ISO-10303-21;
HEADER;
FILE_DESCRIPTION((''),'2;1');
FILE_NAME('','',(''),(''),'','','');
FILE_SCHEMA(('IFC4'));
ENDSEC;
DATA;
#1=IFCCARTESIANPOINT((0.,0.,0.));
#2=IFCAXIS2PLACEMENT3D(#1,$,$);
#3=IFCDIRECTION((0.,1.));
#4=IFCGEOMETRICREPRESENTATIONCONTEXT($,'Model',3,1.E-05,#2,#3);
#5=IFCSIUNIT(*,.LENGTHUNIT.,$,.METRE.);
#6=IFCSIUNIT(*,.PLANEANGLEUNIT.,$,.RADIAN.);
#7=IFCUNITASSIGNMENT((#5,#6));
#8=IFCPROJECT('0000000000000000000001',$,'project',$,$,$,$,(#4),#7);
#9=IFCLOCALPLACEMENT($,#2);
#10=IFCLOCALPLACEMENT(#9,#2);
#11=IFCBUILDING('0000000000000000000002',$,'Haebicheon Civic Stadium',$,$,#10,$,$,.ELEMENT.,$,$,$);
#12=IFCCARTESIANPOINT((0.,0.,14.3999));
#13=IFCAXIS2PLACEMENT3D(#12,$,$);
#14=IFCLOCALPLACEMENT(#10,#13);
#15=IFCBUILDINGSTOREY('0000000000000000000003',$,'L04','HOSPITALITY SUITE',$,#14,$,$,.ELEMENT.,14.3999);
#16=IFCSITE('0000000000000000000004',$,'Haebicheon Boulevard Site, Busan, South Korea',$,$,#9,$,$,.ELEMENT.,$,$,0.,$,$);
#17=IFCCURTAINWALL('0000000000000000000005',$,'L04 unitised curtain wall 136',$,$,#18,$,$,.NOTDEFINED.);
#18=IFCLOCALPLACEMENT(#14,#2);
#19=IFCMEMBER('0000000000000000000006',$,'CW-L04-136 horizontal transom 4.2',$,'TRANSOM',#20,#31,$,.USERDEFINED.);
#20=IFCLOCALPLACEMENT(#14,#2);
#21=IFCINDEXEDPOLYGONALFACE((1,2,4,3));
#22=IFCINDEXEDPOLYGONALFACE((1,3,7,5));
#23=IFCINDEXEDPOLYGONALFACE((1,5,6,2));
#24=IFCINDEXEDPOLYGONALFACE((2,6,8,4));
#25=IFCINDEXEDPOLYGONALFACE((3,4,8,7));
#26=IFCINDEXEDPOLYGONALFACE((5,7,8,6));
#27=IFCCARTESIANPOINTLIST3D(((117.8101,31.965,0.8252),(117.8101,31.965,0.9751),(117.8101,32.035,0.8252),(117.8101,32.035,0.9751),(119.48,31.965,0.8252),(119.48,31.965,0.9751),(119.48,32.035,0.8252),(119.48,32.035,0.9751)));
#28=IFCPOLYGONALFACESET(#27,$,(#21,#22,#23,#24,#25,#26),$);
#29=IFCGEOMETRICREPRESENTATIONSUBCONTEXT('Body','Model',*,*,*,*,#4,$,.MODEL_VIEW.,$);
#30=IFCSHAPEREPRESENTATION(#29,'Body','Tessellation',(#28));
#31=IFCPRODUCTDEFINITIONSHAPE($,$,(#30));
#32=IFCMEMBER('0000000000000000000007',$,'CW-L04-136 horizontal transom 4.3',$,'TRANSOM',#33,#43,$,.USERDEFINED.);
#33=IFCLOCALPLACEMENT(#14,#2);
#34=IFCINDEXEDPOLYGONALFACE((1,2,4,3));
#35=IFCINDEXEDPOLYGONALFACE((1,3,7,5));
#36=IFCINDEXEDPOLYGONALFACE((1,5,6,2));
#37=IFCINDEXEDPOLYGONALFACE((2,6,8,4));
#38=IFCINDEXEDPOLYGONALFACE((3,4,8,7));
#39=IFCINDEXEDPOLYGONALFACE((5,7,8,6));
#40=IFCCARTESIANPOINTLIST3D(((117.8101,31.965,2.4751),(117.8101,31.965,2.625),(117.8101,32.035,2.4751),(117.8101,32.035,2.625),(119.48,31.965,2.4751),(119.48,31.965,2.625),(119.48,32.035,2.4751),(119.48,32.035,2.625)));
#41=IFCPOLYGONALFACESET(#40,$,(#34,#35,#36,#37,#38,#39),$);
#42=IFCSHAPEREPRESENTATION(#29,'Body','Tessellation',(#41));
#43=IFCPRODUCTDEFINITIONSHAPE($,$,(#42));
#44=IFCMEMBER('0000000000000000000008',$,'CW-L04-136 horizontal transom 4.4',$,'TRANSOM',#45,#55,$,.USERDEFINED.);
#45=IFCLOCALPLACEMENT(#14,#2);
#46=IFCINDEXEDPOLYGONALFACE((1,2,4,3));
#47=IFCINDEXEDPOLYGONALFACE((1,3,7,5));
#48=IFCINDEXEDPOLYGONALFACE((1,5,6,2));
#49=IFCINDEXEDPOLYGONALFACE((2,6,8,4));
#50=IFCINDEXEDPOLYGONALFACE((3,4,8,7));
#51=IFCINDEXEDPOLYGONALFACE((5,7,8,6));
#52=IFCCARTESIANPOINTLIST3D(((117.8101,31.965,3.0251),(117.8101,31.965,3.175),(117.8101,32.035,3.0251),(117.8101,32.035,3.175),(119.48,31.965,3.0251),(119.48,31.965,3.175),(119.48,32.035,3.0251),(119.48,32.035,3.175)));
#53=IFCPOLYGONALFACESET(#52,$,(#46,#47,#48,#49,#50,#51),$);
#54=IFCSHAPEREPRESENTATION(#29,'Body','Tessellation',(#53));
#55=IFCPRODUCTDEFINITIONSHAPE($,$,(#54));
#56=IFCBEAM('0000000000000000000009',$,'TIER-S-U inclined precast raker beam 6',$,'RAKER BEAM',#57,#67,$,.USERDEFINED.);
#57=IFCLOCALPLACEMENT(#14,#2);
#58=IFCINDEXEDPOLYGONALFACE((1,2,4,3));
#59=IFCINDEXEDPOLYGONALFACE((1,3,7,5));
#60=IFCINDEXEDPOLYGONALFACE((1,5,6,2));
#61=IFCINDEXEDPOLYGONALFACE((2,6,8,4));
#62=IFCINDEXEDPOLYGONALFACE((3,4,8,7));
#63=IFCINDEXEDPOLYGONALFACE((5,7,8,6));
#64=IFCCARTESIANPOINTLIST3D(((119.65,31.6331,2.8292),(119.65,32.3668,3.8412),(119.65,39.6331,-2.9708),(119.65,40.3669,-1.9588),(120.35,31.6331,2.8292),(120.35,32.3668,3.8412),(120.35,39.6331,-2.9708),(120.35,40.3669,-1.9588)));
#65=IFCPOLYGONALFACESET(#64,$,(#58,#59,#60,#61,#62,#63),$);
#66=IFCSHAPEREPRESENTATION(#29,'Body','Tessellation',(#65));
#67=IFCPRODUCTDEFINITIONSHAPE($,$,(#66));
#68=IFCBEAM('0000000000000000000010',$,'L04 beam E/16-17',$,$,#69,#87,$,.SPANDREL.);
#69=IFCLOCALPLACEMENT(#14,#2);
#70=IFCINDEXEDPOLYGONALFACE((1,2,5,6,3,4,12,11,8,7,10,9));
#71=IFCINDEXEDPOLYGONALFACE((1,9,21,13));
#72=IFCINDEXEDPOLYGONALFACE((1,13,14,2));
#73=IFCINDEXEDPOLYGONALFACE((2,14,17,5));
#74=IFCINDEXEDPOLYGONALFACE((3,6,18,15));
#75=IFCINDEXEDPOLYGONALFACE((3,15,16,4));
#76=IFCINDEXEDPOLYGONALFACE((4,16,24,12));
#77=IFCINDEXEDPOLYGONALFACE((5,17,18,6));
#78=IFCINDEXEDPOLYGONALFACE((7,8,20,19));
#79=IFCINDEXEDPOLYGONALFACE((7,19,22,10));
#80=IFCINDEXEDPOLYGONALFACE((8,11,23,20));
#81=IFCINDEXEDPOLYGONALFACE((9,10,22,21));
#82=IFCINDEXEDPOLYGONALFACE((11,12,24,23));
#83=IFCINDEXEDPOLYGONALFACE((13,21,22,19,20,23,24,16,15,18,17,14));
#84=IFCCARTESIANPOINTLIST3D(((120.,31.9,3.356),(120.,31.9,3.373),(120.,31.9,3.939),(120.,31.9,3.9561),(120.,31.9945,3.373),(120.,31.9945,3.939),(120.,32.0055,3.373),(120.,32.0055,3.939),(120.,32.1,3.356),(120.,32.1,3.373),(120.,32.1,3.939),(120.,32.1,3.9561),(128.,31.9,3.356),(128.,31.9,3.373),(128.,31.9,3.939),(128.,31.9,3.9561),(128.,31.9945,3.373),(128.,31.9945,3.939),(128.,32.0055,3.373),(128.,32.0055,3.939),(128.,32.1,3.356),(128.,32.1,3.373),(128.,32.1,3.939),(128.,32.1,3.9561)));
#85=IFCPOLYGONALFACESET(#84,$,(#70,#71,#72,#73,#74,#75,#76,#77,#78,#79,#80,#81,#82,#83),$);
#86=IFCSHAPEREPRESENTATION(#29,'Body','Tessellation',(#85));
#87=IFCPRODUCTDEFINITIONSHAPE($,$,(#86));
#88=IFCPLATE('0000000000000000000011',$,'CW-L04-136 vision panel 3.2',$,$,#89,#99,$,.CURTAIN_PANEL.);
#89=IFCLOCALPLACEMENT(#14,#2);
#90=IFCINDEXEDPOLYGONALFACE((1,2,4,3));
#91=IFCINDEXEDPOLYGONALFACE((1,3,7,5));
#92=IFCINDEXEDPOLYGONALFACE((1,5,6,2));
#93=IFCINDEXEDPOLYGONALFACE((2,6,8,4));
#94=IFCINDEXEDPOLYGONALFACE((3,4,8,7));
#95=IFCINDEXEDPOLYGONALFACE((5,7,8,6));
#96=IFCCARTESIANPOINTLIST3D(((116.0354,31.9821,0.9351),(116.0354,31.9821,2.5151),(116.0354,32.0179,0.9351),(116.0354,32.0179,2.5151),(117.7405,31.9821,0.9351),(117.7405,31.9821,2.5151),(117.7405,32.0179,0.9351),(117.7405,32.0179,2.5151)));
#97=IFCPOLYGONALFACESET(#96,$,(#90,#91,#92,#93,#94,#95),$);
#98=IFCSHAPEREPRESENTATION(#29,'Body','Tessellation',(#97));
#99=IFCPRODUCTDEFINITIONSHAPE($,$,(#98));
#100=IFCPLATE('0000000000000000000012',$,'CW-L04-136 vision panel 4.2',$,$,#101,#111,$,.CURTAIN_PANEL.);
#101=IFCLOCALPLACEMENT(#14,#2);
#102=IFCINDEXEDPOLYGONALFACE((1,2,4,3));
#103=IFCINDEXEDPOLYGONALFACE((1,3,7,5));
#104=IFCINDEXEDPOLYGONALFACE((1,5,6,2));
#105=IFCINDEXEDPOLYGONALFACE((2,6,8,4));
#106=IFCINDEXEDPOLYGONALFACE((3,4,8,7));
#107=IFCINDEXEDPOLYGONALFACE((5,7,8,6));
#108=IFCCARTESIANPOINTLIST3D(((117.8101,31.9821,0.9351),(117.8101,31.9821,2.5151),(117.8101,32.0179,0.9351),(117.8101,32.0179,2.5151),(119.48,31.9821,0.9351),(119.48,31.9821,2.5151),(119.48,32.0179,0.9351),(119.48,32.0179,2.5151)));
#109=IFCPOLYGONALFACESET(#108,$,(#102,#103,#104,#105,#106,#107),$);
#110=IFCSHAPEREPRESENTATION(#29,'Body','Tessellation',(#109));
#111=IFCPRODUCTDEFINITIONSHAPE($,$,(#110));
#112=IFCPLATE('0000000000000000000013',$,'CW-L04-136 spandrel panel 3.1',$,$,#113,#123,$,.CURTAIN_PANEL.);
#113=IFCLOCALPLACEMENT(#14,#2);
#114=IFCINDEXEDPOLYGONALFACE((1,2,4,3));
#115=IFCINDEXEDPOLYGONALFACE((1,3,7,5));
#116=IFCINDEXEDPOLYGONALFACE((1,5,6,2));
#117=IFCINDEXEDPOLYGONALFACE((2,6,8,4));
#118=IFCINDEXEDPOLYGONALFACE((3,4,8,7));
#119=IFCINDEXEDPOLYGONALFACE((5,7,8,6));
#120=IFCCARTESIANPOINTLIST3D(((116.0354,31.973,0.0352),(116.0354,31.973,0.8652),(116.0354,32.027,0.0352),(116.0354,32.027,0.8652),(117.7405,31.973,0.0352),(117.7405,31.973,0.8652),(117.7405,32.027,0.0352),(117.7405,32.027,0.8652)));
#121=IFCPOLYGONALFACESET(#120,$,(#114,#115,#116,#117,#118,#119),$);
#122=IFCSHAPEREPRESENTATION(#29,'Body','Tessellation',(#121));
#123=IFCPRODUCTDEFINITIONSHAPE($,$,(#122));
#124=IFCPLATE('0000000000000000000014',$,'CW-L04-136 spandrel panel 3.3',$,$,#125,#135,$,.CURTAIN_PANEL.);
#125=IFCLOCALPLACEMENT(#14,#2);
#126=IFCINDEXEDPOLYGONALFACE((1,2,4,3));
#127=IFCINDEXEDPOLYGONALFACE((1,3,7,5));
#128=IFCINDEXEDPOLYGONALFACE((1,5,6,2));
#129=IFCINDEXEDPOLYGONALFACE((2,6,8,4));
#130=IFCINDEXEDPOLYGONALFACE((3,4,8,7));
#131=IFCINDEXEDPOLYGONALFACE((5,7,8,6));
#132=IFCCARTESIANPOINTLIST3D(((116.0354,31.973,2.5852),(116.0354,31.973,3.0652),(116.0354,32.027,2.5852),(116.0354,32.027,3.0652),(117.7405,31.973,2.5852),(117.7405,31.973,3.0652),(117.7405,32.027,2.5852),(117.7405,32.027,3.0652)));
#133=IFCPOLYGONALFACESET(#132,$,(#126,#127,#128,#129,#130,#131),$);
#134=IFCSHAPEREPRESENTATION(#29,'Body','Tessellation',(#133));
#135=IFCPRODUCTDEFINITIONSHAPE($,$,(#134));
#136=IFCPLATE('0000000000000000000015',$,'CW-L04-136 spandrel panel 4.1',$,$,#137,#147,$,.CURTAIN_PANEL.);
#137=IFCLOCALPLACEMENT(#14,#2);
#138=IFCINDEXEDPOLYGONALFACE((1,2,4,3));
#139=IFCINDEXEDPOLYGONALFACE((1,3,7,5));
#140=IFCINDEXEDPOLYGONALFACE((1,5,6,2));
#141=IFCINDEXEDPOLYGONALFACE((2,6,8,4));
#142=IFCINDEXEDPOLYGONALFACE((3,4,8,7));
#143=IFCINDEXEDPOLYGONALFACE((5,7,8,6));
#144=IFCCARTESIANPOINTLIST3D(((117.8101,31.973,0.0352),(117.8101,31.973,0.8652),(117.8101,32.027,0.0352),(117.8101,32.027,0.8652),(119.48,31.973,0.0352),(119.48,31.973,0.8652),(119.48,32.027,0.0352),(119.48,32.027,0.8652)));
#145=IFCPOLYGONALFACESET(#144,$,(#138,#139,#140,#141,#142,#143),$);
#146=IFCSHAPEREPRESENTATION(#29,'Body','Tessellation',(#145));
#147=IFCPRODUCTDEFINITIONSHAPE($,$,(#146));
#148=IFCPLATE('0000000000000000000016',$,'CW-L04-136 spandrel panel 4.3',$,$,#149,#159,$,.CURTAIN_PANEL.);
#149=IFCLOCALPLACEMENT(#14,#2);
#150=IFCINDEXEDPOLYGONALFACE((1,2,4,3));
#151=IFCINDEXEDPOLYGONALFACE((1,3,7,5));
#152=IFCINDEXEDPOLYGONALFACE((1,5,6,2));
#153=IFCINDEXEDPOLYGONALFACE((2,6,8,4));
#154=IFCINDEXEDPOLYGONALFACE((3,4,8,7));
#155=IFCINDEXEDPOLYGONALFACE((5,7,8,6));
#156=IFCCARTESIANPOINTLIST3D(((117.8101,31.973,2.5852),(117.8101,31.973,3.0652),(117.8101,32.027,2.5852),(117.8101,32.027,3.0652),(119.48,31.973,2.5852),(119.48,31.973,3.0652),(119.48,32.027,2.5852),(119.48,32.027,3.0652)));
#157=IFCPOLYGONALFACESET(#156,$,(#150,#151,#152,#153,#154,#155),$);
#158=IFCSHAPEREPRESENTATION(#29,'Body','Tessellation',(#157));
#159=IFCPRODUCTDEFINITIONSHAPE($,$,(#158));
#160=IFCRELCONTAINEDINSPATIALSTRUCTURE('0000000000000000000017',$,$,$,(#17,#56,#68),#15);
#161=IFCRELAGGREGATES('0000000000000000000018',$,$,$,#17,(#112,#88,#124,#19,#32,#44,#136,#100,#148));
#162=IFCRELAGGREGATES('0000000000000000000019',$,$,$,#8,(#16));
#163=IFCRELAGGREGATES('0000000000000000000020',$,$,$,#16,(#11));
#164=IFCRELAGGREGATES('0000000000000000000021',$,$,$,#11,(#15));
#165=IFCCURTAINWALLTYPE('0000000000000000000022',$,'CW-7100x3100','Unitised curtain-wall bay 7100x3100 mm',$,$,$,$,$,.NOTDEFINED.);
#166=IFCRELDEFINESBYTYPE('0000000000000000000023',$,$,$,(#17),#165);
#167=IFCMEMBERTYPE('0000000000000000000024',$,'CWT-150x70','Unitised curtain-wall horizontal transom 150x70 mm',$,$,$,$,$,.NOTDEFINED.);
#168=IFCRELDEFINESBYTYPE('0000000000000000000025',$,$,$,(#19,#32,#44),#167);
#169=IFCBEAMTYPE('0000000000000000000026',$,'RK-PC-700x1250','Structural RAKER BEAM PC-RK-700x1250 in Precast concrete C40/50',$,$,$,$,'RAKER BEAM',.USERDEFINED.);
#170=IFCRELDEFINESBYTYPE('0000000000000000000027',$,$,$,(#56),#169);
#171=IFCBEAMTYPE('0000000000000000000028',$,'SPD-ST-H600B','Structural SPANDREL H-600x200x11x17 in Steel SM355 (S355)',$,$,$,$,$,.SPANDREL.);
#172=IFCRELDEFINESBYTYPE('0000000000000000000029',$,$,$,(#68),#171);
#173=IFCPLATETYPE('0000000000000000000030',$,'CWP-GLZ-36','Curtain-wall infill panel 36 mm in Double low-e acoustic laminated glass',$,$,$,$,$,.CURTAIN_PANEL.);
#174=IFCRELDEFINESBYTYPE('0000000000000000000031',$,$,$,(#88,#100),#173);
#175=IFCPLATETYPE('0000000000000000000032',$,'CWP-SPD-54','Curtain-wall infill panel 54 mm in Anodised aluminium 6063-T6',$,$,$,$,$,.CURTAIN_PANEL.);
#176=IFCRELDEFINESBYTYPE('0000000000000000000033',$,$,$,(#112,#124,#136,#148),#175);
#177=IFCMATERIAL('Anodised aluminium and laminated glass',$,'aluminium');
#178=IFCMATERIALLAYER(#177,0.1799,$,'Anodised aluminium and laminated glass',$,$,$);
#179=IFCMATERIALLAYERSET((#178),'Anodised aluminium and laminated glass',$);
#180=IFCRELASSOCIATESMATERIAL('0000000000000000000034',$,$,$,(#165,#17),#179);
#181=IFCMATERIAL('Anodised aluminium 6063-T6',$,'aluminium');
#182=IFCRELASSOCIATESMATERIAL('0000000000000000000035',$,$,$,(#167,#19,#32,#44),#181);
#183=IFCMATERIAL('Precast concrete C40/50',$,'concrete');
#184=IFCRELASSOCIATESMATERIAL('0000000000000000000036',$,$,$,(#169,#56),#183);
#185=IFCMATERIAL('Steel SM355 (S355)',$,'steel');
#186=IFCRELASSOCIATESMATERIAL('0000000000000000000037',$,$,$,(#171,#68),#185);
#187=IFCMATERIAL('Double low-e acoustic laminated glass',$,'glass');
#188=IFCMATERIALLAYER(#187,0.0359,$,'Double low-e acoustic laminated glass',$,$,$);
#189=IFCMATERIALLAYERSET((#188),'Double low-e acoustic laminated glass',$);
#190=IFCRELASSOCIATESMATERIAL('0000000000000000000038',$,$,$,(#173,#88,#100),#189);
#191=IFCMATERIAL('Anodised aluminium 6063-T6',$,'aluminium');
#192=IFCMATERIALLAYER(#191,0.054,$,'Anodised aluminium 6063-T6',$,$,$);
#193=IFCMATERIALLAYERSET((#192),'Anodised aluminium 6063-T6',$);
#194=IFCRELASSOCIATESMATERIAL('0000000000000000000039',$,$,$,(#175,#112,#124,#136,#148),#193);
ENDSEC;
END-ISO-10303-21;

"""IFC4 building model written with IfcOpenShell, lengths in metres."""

from ifc_helpers import new_model, si_unit, direction, frame, origin, origin_2d, place, context, subcontext, project, spatial, rectangle, i_section, extrude, material, layer, layer_set, material_profile, profile_set, type_object, element, aggregate, save


model = new_model("IFC4")

# Units and contexts
model_context = context("Model", 3, precision=1e-05, world=origin(), true_north=direction((0.0, 1.0)))
body_context = subcontext(model_context, "Body", "Model", "MODEL_VIEW")
ifc_project = project(units=[si_unit("LENGTHUNIT", "METRE"), si_unit("PLANEANGLEUNIT", "RADIAN")], contexts=[model_context])

# Site, building, storey
site_placement = place(None, origin())
site = spatial("IfcSite", under=ifc_project, at=site_placement, Name="Haebicheon Boulevard Site, Busan, South Korea", CompositionType="ELEMENT", RefElevation=0.0)
building_placement = place(site_placement, origin())
building = spatial("IfcBuilding", under=site, at=building_placement, Name="Haebicheon Civic Stadium", CompositionType="ELEMENT")
storey_placement = place(building_placement, frame((0.0, 0.0, 14.3999)))
storey = spatial("IfcBuildingStorey", under=building, at=storey_placement, Name="L04", Description="HOSPITALITY SUITE", CompositionType="ELEMENT", Elevation=14.3999)

# Curtain wall, members
ifc_material_1 = material(Name="Anodised aluminium and laminated glass", Category="aluminium")
ifc_layer_1 = layer(ifc_material_1, 0.1799, Name="Anodised aluminium and laminated glass")
ifc_layer_set_1 = layer_set([ifc_layer_1], Name="Anodised aluminium and laminated glass")
curtain_wall_type = type_object("IfcCurtainWallType", Name="CW-7100x3100", Description="Unitised curtain-wall bay 7100x3100 mm", PredefinedType="NOTDEFINED", material=ifc_layer_set_1)
curtain_wall_placement = place(storey_placement, origin())
curtain_wall = element("IfcCurtainWall", 1, at=curtain_wall_placement, inside=storey, type_object=curtain_wall_type, material=ifc_layer_set_1, Name="L04 unitised curtain wall 136", PredefinedType="NOTDEFINED")
ifc_material_2 = material(Name="Anodised aluminium 6063-T6", Category="aluminium")
ifc_material_profile_1 = material_profile(ifc_material_2, rectangle(XDim=0.0701, YDim=0.1499, at=origin_2d()), Name="ALU-TRAN-70x150")
ifc_profile_set_1 = profile_set([ifc_material_profile_1], Name="Anodised aluminium 6063-T6")
member_type_1 = type_object("IfcMemberType", Name="CWT-150x70", Description="Unitised curtain-wall horizontal transom 150x70 mm", PredefinedType="NOTDEFINED", material=ifc_profile_set_1)
member_1_placement = place(storey_placement, frame((117.8101, 32.0, 0.9001), z_axis=(1.0, 0.0, 0.0), x_axis=(0.0, 1.0, 0.0)))
member_1 = element("IfcMember", 2, at=member_1_placement, type_object=member_type_1, material=ifc_profile_set_1, Name="CW-L04-136 horizontal transom 4.2", ObjectType="TRANSOM", PredefinedType="USERDEFINED", context=body_context, shape_type="SweptSolid", body=[
    extrude(rectangle(XDim=0.0701, YDim=0.1499, at=origin_2d()), origin(), (0.0, 0.0, 1.0), 1.6699),
])
member_2_placement = place(storey_placement, frame((117.8101, 32.0, 2.55), z_axis=(1.0, 0.0, 0.0), x_axis=(0.0, 1.0, 0.0)))
member_2 = element("IfcMember", 3, at=member_2_placement, type_object=member_type_1, material=ifc_profile_set_1, Name="CW-L04-136 horizontal transom 4.3", ObjectType="TRANSOM", PredefinedType="USERDEFINED", context=body_context, shape_type="SweptSolid", body=[
    extrude(rectangle(XDim=0.0701, YDim=0.1499, at=origin_2d()), origin(), (0.0, 0.0, 1.0), 1.6699),
])
member_3_placement = place(storey_placement, frame((117.8101, 32.0, 3.1001), z_axis=(1.0, 0.0, 0.0), x_axis=(0.0, 1.0, 0.0)))
member_3 = element("IfcMember", 4, at=member_3_placement, type_object=member_type_1, material=ifc_profile_set_1, Name="CW-L04-136 horizontal transom 4.4", ObjectType="TRANSOM", PredefinedType="USERDEFINED", context=body_context, shape_type="SweptSolid", body=[
    extrude(rectangle(XDim=0.0701, YDim=0.1499, at=origin_2d()), origin(), (0.0, 0.0, 1.0), 1.6699),
])

# Beams
ifc_material_3 = material(Name="Precast concrete C40/50", Category="concrete")
ifc_material_profile_2 = material_profile(ifc_material_3, rectangle(XDim=0.7, YDim=1.25, at=origin_2d()), Name="PC-RK-700x1250")
ifc_profile_set_2 = profile_set([ifc_material_profile_2], Name="Precast concrete C40/50")
beam_type_1 = type_object("IfcBeamType", Name="RK-PC-700x1250", Description="Structural RAKER BEAM PC-RK-700x1250 in Precast concrete C40/50", ElementType="RAKER BEAM", PredefinedType="USERDEFINED", material=ifc_profile_set_2)
beam_1_placement = place(storey_placement, frame((120.0, 40.0, -2.4648), z_axis=(0.0, -0.809608, 0.586971), x_axis=(1.0, 0.0, 0.0)))
element("IfcBeam", 5, at=beam_1_placement, inside=storey, type_object=beam_type_1, material=ifc_profile_set_2, Name="TIER-S-U inclined precast raker beam 6", ObjectType="RAKER BEAM", PredefinedType="USERDEFINED", context=body_context, shape_type="SweptSolid", body=[
    extrude(rectangle(XDim=0.7, YDim=1.25, at=origin_2d()), origin(), (0.0, 0.0, 1.0), 9.8813),
])
ifc_material_4 = material(Name="Steel SM355 (S355)", Category="steel")
ifc_material_profile_3 = material_profile(ifc_material_4, i_section(OverallWidth=0.2, OverallDepth=0.6001, WebThickness=0.011, FlangeThickness=0.0171, at=origin_2d()), Name="H-600x200x11x17")
ifc_profile_set_3 = profile_set([ifc_material_profile_3], Name="Steel SM355 (S355)")
beam_type_2 = type_object("IfcBeamType", Name="SPD-ST-H600B", Description="Structural SPANDREL H-600x200x11x17 in Steel SM355 (S355)", PredefinedType="SPANDREL", material=ifc_profile_set_3)
beam_2_placement = place(storey_placement, frame((120.0, 32.0, 3.656), z_axis=(1.0, 0.0, 0.0), x_axis=(0.0, 1.0, 0.0)))
element("IfcBeam", 6, at=beam_2_placement, inside=storey, type_object=beam_type_2, material=ifc_profile_set_3, Name="L04 beam E/16-17", PredefinedType="SPANDREL", context=body_context, shape_type="SweptSolid", body=[
    extrude(i_section(OverallWidth=0.2, OverallDepth=0.6001, WebThickness=0.011, FlangeThickness=0.0171, at=origin_2d()), origin(), (0.0, 0.0, 1.0), 8.0),
])

# Plates
ifc_material_5 = material(Name="Double low-e acoustic laminated glass", Category="glass")
ifc_layer_2 = layer(ifc_material_5, 0.0359, Name="Double low-e acoustic laminated glass")
ifc_layer_set_2 = layer_set([ifc_layer_2], Name="Double low-e acoustic laminated glass")
plate_type_1 = type_object("IfcPlateType", Name="CWP-GLZ-36", Description="Curtain-wall infill panel 36 mm in Double low-e acoustic laminated glass", PredefinedType="CURTAIN_PANEL", material=ifc_layer_set_2)
plate_1_placement = place(storey_placement, frame((116.8879, 32.0, 0.9351), z_axis=(0.0, 0.0, 1.0), x_axis=(1.0, 0.0, 0.0)))
plate_1 = element("IfcPlate", 7, at=plate_1_placement, type_object=plate_type_1, material=ifc_layer_set_2, Name="CW-L04-136 vision panel 3.2", PredefinedType="CURTAIN_PANEL", context=body_context, shape_type="SweptSolid", body=[
    extrude(rectangle(XDim=1.7051, YDim=0.0359, at=origin_2d()), origin(), (0.0, 0.0, 1.0), 1.5801),
])
plate_2_placement = place(storey_placement, frame((118.645, 32.0, 0.9351), z_axis=(0.0, 0.0, 1.0), x_axis=(1.0, 0.0, 0.0)))
plate_2 = element("IfcPlate", 8, at=plate_2_placement, type_object=plate_type_1, material=ifc_layer_set_2, Name="CW-L04-136 vision panel 4.2", PredefinedType="CURTAIN_PANEL", context=body_context, shape_type="SweptSolid", body=[
    extrude(rectangle(XDim=1.6699, YDim=0.0359, at=origin_2d()), origin(), (0.0, 0.0, 1.0), 1.5801),
])
ifc_material_6 = material(Name="Anodised aluminium 6063-T6", Category="aluminium")
ifc_layer_3 = layer(ifc_material_6, 0.054, Name="Anodised aluminium 6063-T6")
ifc_layer_set_3 = layer_set([ifc_layer_3], Name="Anodised aluminium 6063-T6")
plate_type_2 = type_object("IfcPlateType", Name="CWP-SPD-54", Description="Curtain-wall infill panel 54 mm in Anodised aluminium 6063-T6", PredefinedType="CURTAIN_PANEL", material=ifc_layer_set_3)
plate_3_placement = place(storey_placement, frame((116.8879, 32.0, 0.0352), z_axis=(0.0, 0.0, 1.0), x_axis=(1.0, 0.0, 0.0)))
plate_3 = element("IfcPlate", 9, at=plate_3_placement, type_object=plate_type_2, material=ifc_layer_set_3, Name="CW-L04-136 spandrel panel 3.1", PredefinedType="CURTAIN_PANEL", context=body_context, shape_type="SweptSolid", body=[
    extrude(rectangle(XDim=1.7051, YDim=0.054, at=origin_2d()), origin(), (0.0, 0.0, 1.0), 0.8301),
])
plate_4_placement = place(storey_placement, frame((116.8879, 32.0, 2.5852), z_axis=(0.0, 0.0, 1.0), x_axis=(1.0, 0.0, 0.0)))
plate_4 = element("IfcPlate", 10, at=plate_4_placement, type_object=plate_type_2, material=ifc_layer_set_3, Name="CW-L04-136 spandrel panel 3.3", PredefinedType="CURTAIN_PANEL", context=body_context, shape_type="SweptSolid", body=[
    extrude(rectangle(XDim=1.7051, YDim=0.054, at=origin_2d()), origin(), (0.0, 0.0, 1.0), 0.48),
])
plate_5_placement = place(storey_placement, frame((118.645, 32.0, 0.0352), z_axis=(0.0, 0.0, 1.0), x_axis=(1.0, 0.0, 0.0)))
plate_5 = element("IfcPlate", 11, at=plate_5_placement, type_object=plate_type_2, material=ifc_layer_set_3, Name="CW-L04-136 spandrel panel 4.1", PredefinedType="CURTAIN_PANEL", context=body_context, shape_type="SweptSolid", body=[
    extrude(rectangle(XDim=1.6699, YDim=0.054, at=origin_2d()), origin(), (0.0, 0.0, 1.0), 0.8301),
])
plate_6_placement = place(storey_placement, frame((118.645, 32.0, 2.5852), z_axis=(0.0, 0.0, 1.0), x_axis=(1.0, 0.0, 0.0)))
plate_6 = element("IfcPlate", 12, at=plate_6_placement, type_object=plate_type_2, material=ifc_layer_set_3, Name="CW-L04-136 spandrel panel 4.3", PredefinedType="CURTAIN_PANEL", context=body_context, shape_type="SweptSolid", body=[
    extrude(rectangle(XDim=1.6699, YDim=0.054, at=origin_2d()), origin(), (0.0, 0.0, 1.0), 0.48),
])
aggregate(curtain_wall, [plate_3, plate_1, plate_4, member_1, member_2, member_3, plate_5, plate_2, plate_6])

save(model, "model.ifc")
